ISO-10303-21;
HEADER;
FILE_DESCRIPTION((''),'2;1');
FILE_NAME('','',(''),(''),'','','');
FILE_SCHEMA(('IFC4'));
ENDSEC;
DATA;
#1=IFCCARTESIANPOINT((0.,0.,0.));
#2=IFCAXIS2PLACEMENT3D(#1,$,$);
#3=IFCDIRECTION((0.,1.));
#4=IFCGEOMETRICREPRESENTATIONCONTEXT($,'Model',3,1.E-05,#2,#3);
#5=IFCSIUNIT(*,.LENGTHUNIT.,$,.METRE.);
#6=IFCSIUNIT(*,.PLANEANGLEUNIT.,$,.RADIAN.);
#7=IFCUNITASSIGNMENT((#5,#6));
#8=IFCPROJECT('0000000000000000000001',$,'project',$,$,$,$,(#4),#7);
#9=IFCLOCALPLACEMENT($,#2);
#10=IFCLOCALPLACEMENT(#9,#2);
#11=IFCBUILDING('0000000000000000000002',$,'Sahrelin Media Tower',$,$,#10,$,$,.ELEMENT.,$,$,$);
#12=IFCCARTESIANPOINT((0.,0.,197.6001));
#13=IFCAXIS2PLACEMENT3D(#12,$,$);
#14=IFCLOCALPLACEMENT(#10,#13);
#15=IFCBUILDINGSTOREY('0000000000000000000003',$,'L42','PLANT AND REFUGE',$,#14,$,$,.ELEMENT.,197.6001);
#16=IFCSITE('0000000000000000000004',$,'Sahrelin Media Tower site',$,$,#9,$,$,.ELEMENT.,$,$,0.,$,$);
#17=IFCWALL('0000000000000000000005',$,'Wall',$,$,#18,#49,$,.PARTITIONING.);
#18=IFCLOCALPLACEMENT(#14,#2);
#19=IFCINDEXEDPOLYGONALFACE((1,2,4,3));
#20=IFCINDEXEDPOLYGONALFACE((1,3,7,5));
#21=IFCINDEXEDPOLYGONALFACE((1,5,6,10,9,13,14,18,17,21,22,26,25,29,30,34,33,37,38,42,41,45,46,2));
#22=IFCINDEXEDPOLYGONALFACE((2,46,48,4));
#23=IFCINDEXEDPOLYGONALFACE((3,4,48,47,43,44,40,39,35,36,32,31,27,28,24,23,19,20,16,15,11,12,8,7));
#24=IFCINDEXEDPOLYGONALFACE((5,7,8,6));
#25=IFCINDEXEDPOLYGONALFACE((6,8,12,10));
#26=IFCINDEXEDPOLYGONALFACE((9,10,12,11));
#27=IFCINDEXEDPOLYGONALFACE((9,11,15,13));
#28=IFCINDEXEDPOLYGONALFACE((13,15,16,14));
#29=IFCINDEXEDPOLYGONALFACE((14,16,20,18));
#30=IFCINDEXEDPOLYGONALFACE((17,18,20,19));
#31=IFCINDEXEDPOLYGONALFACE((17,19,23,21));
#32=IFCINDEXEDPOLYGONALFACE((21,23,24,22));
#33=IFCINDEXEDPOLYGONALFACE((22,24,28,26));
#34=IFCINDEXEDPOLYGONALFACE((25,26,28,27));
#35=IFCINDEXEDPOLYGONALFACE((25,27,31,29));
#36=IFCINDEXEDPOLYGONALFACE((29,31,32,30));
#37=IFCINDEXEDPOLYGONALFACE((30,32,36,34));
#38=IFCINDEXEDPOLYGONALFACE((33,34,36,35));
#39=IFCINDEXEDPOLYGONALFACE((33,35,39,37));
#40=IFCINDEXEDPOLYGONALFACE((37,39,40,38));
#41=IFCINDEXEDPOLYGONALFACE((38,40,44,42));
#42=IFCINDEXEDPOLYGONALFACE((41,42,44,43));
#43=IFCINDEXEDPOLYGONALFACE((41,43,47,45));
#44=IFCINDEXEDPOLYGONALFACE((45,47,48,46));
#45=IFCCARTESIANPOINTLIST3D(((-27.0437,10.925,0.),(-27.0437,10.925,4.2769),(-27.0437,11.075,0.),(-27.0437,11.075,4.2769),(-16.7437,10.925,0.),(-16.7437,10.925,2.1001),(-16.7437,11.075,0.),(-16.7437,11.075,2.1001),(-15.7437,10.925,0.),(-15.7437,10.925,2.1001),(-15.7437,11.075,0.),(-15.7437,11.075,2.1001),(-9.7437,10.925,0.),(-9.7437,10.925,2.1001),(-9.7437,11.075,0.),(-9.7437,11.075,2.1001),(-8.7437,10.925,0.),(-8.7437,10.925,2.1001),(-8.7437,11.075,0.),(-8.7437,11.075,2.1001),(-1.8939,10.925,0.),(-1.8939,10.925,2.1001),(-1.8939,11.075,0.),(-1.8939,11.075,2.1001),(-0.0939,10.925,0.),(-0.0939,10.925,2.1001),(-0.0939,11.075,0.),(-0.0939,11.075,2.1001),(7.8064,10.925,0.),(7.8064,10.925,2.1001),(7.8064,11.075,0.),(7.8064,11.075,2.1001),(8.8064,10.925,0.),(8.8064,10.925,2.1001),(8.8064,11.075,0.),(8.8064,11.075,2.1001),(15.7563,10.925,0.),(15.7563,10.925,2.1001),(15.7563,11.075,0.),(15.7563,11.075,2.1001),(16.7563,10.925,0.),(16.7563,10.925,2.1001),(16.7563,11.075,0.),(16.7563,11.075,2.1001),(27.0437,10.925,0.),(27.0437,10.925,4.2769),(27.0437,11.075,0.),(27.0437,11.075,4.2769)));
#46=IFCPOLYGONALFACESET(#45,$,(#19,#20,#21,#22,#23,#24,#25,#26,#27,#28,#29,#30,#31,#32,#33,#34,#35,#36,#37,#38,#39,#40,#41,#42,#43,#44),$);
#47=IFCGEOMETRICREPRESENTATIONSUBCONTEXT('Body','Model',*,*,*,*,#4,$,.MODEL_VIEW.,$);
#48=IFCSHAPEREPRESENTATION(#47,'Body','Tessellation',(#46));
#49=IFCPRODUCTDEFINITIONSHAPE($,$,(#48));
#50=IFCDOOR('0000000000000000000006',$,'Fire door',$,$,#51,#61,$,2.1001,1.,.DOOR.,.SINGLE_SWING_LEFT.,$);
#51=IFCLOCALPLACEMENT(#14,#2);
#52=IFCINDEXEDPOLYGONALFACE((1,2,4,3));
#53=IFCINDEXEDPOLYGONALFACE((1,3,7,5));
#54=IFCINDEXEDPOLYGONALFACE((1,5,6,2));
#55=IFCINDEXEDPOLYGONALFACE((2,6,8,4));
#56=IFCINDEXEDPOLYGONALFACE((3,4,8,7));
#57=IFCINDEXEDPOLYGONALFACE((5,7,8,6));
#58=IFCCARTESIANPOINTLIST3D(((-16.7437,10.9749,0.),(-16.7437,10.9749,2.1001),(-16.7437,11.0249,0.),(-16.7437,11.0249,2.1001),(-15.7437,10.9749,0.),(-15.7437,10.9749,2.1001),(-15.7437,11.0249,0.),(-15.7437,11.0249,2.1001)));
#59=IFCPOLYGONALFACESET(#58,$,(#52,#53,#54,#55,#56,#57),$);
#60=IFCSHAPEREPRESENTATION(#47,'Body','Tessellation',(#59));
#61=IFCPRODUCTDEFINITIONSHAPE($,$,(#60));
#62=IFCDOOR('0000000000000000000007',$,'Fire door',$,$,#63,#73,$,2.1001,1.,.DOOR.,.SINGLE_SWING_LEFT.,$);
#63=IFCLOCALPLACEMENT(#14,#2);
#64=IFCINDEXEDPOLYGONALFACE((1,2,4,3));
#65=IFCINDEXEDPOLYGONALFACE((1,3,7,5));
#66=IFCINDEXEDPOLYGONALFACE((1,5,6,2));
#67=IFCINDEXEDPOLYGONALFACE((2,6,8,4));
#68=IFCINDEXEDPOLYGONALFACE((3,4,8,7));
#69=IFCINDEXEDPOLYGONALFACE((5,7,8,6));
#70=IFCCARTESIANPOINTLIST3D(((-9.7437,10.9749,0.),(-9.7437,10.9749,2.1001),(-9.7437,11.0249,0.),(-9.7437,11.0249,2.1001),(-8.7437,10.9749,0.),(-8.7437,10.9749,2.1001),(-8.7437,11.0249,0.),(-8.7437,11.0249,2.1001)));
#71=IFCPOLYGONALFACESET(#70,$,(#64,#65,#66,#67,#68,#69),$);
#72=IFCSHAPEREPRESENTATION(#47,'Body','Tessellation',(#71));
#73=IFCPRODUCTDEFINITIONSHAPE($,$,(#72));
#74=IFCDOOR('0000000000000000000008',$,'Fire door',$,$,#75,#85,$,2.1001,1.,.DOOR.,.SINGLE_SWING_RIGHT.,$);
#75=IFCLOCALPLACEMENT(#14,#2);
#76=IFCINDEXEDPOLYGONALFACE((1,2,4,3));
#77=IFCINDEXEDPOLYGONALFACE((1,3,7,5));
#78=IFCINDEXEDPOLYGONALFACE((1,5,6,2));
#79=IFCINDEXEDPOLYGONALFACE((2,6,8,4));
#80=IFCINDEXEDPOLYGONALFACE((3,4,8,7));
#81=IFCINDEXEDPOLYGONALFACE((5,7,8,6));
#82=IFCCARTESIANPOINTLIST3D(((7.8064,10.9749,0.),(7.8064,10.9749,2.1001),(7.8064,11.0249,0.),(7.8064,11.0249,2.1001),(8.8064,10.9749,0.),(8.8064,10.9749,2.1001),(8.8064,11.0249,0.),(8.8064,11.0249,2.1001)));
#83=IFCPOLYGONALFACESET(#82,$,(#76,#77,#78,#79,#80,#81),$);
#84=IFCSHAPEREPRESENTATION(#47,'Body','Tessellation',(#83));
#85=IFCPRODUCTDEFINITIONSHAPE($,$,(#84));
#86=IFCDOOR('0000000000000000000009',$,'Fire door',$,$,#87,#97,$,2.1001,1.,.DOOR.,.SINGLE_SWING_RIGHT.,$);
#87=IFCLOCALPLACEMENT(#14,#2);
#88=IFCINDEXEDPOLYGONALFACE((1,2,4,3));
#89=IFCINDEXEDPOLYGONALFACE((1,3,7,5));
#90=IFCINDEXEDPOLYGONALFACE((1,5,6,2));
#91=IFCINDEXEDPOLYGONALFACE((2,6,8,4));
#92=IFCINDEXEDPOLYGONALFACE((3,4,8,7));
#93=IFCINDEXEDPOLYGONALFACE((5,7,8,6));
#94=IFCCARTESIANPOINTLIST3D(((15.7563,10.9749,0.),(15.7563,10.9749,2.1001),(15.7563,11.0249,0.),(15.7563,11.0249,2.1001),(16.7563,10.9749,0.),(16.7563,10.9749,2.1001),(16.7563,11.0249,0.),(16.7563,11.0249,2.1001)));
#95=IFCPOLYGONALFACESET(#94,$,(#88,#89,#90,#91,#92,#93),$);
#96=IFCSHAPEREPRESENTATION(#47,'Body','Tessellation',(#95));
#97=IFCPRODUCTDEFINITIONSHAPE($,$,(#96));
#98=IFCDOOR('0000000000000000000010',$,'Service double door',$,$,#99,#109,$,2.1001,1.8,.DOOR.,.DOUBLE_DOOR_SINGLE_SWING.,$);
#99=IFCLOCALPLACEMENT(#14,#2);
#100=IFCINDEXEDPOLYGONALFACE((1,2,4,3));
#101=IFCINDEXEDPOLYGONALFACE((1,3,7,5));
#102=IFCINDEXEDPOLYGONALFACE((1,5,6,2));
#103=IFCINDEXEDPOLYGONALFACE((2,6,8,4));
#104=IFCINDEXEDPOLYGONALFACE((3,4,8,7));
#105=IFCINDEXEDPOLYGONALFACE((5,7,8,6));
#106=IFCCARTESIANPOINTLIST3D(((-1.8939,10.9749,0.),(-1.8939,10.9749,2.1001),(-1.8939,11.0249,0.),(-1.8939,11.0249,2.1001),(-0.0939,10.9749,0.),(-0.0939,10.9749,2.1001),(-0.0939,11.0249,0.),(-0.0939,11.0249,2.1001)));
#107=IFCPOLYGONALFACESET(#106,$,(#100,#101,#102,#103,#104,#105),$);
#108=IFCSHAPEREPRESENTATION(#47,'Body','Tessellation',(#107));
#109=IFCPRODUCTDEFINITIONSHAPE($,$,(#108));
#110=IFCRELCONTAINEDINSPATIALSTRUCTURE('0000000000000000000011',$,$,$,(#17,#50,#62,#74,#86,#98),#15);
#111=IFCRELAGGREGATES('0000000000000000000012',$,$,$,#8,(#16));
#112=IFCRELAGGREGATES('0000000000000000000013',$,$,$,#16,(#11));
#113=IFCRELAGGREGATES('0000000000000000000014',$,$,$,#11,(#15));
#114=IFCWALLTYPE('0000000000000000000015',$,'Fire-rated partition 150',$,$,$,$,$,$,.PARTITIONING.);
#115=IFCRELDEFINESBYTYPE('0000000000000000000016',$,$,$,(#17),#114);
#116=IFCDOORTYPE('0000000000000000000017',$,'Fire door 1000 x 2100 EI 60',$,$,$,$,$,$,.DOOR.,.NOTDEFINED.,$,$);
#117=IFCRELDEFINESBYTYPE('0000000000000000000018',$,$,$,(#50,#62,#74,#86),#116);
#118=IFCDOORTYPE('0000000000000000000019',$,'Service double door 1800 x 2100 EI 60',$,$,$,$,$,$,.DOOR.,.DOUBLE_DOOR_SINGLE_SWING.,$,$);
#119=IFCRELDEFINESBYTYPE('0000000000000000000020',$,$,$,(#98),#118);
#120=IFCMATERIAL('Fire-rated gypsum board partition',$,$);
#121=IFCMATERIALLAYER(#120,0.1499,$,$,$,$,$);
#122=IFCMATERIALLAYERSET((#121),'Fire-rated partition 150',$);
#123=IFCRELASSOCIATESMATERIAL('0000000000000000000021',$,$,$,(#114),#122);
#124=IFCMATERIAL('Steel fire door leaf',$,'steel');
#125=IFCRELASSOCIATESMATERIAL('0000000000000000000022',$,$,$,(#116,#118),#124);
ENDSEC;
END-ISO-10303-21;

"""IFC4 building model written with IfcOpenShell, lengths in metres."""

from ifc_helpers import new_model, si_unit, direction, frame, frame_2d, origin, place, context, subcontext, project, spatial, rectangle, extrude, material, layer, layer_set, type_object, element, fill, save


model = new_model("IFC4")

# Units and contexts
model_context = context("Model", 3, precision=1e-05, world=origin(), true_north=direction((0.0, 1.0)))
body_context = subcontext(model_context, "Body", "Model", "MODEL_VIEW")
ifc_project = project(units=[si_unit("LENGTHUNIT", "METRE"), si_unit("PLANEANGLEUNIT", "RADIAN")], contexts=[model_context])

# Site, building, storey
site_placement = place(None, origin())
site = spatial("IfcSite", under=ifc_project, at=site_placement, Name="Sahrelin Media Tower site", CompositionType="ELEMENT", RefElevation=0.0)
building_placement = place(site_placement, origin())
building = spatial("IfcBuilding", under=site, at=building_placement, Name="Sahrelin Media Tower", CompositionType="ELEMENT")
storey_placement = place(building_placement, frame((0.0, 0.0, 197.6001)))
storey = spatial("IfcBuildingStorey", under=building, at=storey_placement, Name="L42", Description="PLANT AND REFUGE", CompositionType="ELEMENT", Elevation=197.6001)

# Wall, openings, doors
ifc_material_1 = material(Name="Fire-rated gypsum board partition")
ifc_layer = layer(ifc_material_1, 0.1499)
ifc_layer_set = layer_set([ifc_layer], Name="Fire-rated partition 150")
wall_type = type_object("IfcWallType", Name="Fire-rated partition 150", PredefinedType="PARTITIONING", material=ifc_layer_set)
wall_placement = place(storey_placement, frame((-27.0437, 11.0, 0.0), z_axis=(0.0, 0.0, 1.0), x_axis=(1.0, 0.0, 0.0)))
wall = element("IfcWall", 1, at=wall_placement, inside=storey, type_object=wall_type, Name="Wall", PredefinedType="PARTITIONING", context=body_context, shape_type="SweptSolid", body=[
    extrude(rectangle(XDim=54.0874, YDim=0.1499, at=frame_2d((27.0437, 0.0))), origin(), (0.0, 0.0, 1.0), 4.2769),
])
opening_1_placement = place(wall_placement, frame((10.3, 0.0, 0.0)))
opening_1 = element("IfcOpeningElement", 2, at=opening_1_placement, cuts=wall, PredefinedType="OPENING", context=body_context, shape_type="SweptSolid", body=[
    extrude(rectangle(XDim=1.0, YDim=2.1001, at=frame_2d((0.5, 1.05))), frame((0.0, 0.075, 0.0), z_axis=(0.0, -1.0, 0.0), x_axis=(1.0, 0.0, 0.0)), (0.0, 0.0, 1.0), 0.1499),
])
opening_2_placement = place(wall_placement, frame((17.3, 0.0, 0.0)))
opening_2 = element("IfcOpeningElement", 3, at=opening_2_placement, cuts=wall, PredefinedType="OPENING", context=body_context, shape_type="SweptSolid", body=[
    extrude(rectangle(XDim=1.0, YDim=2.1001, at=frame_2d((0.5, 1.05))), frame((0.0, 0.075, 0.0), z_axis=(0.0, -1.0, 0.0), x_axis=(1.0, 0.0, 0.0)), (0.0, 0.0, 1.0), 0.1499),
])
opening_3_placement = place(wall_placement, frame((34.8501, 0.0, 0.0)))
opening_3 = element("IfcOpeningElement", 4, at=opening_3_placement, cuts=wall, PredefinedType="OPENING", context=body_context, shape_type="SweptSolid", body=[
    extrude(rectangle(XDim=1.0, YDim=2.1001, at=frame_2d((0.5, 1.05))), frame((0.0, 0.075, 0.0), z_axis=(0.0, -1.0, 0.0), x_axis=(1.0, 0.0, 0.0)), (0.0, 0.0, 1.0), 0.1499),
])
opening_4_placement = place(wall_placement, frame((42.8, 0.0, 0.0)))
opening_4 = element("IfcOpeningElement", 5, at=opening_4_placement, cuts=wall, PredefinedType="OPENING", context=body_context, shape_type="SweptSolid", body=[
    extrude(rectangle(XDim=1.0, YDim=2.1001, at=frame_2d((0.5, 1.05))), frame((0.0, 0.075, 0.0), z_axis=(0.0, -1.0, 0.0), x_axis=(1.0, 0.0, 0.0)), (0.0, 0.0, 1.0), 0.1499),
])
opening_5_placement = place(wall_placement, frame((25.1499, 0.0, 0.0)))
opening_5 = element("IfcOpeningElement", 6, at=opening_5_placement, cuts=wall, PredefinedType="OPENING", context=body_context, shape_type="SweptSolid", body=[
    extrude(rectangle(XDim=1.8, YDim=2.1001, at=frame_2d((0.8999, 1.05))), frame((0.0, 0.075, 0.0), z_axis=(0.0, -1.0, 0.0), x_axis=(1.0, 0.0, 0.0)), (0.0, 0.0, 1.0), 0.1499),
])
ifc_material_2 = material(Name="Steel fire door leaf", Category="steel")
door_type_1 = type_object("IfcDoorType", Name="Fire door 1000 x 2100 EI 60", OperationType="NOTDEFINED", PredefinedType="DOOR", material=ifc_material_2)
door_1_placement = place(opening_1_placement, origin())
door_1 = element("IfcDoor", 7, at=door_1_placement, inside=storey, type_object=door_type_1, Name="Fire door", OperationType="SINGLE_SWING_LEFT", OverallHeight=2.1001, OverallWidth=1.0, PredefinedType="DOOR", context=body_context, shape_type="SweptSolid", body=[
    extrude(rectangle(XDim=1.0, YDim=2.1001, at=frame_2d((0.5, 1.05))), frame((0.0, 0.0249, 0.0), z_axis=(0.0, -1.0, 0.0), x_axis=(1.0, 0.0, 0.0)), (0.0, 0.0, 1.0), 0.05),
])
fill(opening_1, door_1)
door_2_placement = place(opening_2_placement, origin())
door_2 = element("IfcDoor", 8, at=door_2_placement, inside=storey, type_object=door_type_1, Name="Fire door", OperationType="SINGLE_SWING_LEFT", OverallHeight=2.1001, OverallWidth=1.0, PredefinedType="DOOR", context=body_context, shape_type="SweptSolid", body=[
    extrude(rectangle(XDim=1.0, YDim=2.1001, at=frame_2d((0.5, 1.05))), frame((0.0, 0.0249, 0.0), z_axis=(0.0, -1.0, 0.0), x_axis=(1.0, 0.0, 0.0)), (0.0, 0.0, 1.0), 0.05),
])
fill(opening_2, door_2)
door_3_placement = place(opening_3_placement, origin())
door_3 = element("IfcDoor", 9, at=door_3_placement, inside=storey, type_object=door_type_1, Name="Fire door", OperationType="SINGLE_SWING_RIGHT", OverallHeight=2.1001, OverallWidth=1.0, PredefinedType="DOOR", context=body_context, shape_type="SweptSolid", body=[
    extrude(rectangle(XDim=1.0, YDim=2.1001, at=frame_2d((0.5, 1.05))), frame((0.0, 0.0249, 0.0), z_axis=(0.0, -1.0, 0.0), x_axis=(1.0, 0.0, 0.0)), (0.0, 0.0, 1.0), 0.05),
])
fill(opening_3, door_3)
door_4_placement = place(opening_4_placement, origin())
door_4 = element("IfcDoor", 10, at=door_4_placement, inside=storey, type_object=door_type_1, Name="Fire door", OperationType="SINGLE_SWING_RIGHT", OverallHeight=2.1001, OverallWidth=1.0, PredefinedType="DOOR", context=body_context, shape_type="SweptSolid", body=[
    extrude(rectangle(XDim=1.0, YDim=2.1001, at=frame_2d((0.5, 1.05))), frame((0.0, 0.0249, 0.0), z_axis=(0.0, -1.0, 0.0), x_axis=(1.0, 0.0, 0.0)), (0.0, 0.0, 1.0), 0.05),
])
fill(opening_4, door_4)
door_type_2 = type_object("IfcDoorType", Name="Service double door 1800 x 2100 EI 60", OperationType="DOUBLE_DOOR_SINGLE_SWING", PredefinedType="DOOR", material=ifc_material_2)
door_5_placement = place(opening_5_placement, origin())
door_5 = element("IfcDoor", 11, at=door_5_placement, inside=storey, type_object=door_type_2, Name="Service double door", OperationType="DOUBLE_DOOR_SINGLE_SWING", OverallHeight=2.1001, OverallWidth=1.8, PredefinedType="DOOR", context=body_context, shape_type="SweptSolid", body=[
    extrude(rectangle(XDim=1.8, YDim=2.1001, at=frame_2d((0.8999, 1.05))), frame((0.0, 0.0249, 0.0), z_axis=(0.0, -1.0, 0.0), x_axis=(1.0, 0.0, 0.0)), (0.0, 0.0, 1.0), 0.05),
])
fill(opening_5, door_5)

save(model, "model.ifc")
